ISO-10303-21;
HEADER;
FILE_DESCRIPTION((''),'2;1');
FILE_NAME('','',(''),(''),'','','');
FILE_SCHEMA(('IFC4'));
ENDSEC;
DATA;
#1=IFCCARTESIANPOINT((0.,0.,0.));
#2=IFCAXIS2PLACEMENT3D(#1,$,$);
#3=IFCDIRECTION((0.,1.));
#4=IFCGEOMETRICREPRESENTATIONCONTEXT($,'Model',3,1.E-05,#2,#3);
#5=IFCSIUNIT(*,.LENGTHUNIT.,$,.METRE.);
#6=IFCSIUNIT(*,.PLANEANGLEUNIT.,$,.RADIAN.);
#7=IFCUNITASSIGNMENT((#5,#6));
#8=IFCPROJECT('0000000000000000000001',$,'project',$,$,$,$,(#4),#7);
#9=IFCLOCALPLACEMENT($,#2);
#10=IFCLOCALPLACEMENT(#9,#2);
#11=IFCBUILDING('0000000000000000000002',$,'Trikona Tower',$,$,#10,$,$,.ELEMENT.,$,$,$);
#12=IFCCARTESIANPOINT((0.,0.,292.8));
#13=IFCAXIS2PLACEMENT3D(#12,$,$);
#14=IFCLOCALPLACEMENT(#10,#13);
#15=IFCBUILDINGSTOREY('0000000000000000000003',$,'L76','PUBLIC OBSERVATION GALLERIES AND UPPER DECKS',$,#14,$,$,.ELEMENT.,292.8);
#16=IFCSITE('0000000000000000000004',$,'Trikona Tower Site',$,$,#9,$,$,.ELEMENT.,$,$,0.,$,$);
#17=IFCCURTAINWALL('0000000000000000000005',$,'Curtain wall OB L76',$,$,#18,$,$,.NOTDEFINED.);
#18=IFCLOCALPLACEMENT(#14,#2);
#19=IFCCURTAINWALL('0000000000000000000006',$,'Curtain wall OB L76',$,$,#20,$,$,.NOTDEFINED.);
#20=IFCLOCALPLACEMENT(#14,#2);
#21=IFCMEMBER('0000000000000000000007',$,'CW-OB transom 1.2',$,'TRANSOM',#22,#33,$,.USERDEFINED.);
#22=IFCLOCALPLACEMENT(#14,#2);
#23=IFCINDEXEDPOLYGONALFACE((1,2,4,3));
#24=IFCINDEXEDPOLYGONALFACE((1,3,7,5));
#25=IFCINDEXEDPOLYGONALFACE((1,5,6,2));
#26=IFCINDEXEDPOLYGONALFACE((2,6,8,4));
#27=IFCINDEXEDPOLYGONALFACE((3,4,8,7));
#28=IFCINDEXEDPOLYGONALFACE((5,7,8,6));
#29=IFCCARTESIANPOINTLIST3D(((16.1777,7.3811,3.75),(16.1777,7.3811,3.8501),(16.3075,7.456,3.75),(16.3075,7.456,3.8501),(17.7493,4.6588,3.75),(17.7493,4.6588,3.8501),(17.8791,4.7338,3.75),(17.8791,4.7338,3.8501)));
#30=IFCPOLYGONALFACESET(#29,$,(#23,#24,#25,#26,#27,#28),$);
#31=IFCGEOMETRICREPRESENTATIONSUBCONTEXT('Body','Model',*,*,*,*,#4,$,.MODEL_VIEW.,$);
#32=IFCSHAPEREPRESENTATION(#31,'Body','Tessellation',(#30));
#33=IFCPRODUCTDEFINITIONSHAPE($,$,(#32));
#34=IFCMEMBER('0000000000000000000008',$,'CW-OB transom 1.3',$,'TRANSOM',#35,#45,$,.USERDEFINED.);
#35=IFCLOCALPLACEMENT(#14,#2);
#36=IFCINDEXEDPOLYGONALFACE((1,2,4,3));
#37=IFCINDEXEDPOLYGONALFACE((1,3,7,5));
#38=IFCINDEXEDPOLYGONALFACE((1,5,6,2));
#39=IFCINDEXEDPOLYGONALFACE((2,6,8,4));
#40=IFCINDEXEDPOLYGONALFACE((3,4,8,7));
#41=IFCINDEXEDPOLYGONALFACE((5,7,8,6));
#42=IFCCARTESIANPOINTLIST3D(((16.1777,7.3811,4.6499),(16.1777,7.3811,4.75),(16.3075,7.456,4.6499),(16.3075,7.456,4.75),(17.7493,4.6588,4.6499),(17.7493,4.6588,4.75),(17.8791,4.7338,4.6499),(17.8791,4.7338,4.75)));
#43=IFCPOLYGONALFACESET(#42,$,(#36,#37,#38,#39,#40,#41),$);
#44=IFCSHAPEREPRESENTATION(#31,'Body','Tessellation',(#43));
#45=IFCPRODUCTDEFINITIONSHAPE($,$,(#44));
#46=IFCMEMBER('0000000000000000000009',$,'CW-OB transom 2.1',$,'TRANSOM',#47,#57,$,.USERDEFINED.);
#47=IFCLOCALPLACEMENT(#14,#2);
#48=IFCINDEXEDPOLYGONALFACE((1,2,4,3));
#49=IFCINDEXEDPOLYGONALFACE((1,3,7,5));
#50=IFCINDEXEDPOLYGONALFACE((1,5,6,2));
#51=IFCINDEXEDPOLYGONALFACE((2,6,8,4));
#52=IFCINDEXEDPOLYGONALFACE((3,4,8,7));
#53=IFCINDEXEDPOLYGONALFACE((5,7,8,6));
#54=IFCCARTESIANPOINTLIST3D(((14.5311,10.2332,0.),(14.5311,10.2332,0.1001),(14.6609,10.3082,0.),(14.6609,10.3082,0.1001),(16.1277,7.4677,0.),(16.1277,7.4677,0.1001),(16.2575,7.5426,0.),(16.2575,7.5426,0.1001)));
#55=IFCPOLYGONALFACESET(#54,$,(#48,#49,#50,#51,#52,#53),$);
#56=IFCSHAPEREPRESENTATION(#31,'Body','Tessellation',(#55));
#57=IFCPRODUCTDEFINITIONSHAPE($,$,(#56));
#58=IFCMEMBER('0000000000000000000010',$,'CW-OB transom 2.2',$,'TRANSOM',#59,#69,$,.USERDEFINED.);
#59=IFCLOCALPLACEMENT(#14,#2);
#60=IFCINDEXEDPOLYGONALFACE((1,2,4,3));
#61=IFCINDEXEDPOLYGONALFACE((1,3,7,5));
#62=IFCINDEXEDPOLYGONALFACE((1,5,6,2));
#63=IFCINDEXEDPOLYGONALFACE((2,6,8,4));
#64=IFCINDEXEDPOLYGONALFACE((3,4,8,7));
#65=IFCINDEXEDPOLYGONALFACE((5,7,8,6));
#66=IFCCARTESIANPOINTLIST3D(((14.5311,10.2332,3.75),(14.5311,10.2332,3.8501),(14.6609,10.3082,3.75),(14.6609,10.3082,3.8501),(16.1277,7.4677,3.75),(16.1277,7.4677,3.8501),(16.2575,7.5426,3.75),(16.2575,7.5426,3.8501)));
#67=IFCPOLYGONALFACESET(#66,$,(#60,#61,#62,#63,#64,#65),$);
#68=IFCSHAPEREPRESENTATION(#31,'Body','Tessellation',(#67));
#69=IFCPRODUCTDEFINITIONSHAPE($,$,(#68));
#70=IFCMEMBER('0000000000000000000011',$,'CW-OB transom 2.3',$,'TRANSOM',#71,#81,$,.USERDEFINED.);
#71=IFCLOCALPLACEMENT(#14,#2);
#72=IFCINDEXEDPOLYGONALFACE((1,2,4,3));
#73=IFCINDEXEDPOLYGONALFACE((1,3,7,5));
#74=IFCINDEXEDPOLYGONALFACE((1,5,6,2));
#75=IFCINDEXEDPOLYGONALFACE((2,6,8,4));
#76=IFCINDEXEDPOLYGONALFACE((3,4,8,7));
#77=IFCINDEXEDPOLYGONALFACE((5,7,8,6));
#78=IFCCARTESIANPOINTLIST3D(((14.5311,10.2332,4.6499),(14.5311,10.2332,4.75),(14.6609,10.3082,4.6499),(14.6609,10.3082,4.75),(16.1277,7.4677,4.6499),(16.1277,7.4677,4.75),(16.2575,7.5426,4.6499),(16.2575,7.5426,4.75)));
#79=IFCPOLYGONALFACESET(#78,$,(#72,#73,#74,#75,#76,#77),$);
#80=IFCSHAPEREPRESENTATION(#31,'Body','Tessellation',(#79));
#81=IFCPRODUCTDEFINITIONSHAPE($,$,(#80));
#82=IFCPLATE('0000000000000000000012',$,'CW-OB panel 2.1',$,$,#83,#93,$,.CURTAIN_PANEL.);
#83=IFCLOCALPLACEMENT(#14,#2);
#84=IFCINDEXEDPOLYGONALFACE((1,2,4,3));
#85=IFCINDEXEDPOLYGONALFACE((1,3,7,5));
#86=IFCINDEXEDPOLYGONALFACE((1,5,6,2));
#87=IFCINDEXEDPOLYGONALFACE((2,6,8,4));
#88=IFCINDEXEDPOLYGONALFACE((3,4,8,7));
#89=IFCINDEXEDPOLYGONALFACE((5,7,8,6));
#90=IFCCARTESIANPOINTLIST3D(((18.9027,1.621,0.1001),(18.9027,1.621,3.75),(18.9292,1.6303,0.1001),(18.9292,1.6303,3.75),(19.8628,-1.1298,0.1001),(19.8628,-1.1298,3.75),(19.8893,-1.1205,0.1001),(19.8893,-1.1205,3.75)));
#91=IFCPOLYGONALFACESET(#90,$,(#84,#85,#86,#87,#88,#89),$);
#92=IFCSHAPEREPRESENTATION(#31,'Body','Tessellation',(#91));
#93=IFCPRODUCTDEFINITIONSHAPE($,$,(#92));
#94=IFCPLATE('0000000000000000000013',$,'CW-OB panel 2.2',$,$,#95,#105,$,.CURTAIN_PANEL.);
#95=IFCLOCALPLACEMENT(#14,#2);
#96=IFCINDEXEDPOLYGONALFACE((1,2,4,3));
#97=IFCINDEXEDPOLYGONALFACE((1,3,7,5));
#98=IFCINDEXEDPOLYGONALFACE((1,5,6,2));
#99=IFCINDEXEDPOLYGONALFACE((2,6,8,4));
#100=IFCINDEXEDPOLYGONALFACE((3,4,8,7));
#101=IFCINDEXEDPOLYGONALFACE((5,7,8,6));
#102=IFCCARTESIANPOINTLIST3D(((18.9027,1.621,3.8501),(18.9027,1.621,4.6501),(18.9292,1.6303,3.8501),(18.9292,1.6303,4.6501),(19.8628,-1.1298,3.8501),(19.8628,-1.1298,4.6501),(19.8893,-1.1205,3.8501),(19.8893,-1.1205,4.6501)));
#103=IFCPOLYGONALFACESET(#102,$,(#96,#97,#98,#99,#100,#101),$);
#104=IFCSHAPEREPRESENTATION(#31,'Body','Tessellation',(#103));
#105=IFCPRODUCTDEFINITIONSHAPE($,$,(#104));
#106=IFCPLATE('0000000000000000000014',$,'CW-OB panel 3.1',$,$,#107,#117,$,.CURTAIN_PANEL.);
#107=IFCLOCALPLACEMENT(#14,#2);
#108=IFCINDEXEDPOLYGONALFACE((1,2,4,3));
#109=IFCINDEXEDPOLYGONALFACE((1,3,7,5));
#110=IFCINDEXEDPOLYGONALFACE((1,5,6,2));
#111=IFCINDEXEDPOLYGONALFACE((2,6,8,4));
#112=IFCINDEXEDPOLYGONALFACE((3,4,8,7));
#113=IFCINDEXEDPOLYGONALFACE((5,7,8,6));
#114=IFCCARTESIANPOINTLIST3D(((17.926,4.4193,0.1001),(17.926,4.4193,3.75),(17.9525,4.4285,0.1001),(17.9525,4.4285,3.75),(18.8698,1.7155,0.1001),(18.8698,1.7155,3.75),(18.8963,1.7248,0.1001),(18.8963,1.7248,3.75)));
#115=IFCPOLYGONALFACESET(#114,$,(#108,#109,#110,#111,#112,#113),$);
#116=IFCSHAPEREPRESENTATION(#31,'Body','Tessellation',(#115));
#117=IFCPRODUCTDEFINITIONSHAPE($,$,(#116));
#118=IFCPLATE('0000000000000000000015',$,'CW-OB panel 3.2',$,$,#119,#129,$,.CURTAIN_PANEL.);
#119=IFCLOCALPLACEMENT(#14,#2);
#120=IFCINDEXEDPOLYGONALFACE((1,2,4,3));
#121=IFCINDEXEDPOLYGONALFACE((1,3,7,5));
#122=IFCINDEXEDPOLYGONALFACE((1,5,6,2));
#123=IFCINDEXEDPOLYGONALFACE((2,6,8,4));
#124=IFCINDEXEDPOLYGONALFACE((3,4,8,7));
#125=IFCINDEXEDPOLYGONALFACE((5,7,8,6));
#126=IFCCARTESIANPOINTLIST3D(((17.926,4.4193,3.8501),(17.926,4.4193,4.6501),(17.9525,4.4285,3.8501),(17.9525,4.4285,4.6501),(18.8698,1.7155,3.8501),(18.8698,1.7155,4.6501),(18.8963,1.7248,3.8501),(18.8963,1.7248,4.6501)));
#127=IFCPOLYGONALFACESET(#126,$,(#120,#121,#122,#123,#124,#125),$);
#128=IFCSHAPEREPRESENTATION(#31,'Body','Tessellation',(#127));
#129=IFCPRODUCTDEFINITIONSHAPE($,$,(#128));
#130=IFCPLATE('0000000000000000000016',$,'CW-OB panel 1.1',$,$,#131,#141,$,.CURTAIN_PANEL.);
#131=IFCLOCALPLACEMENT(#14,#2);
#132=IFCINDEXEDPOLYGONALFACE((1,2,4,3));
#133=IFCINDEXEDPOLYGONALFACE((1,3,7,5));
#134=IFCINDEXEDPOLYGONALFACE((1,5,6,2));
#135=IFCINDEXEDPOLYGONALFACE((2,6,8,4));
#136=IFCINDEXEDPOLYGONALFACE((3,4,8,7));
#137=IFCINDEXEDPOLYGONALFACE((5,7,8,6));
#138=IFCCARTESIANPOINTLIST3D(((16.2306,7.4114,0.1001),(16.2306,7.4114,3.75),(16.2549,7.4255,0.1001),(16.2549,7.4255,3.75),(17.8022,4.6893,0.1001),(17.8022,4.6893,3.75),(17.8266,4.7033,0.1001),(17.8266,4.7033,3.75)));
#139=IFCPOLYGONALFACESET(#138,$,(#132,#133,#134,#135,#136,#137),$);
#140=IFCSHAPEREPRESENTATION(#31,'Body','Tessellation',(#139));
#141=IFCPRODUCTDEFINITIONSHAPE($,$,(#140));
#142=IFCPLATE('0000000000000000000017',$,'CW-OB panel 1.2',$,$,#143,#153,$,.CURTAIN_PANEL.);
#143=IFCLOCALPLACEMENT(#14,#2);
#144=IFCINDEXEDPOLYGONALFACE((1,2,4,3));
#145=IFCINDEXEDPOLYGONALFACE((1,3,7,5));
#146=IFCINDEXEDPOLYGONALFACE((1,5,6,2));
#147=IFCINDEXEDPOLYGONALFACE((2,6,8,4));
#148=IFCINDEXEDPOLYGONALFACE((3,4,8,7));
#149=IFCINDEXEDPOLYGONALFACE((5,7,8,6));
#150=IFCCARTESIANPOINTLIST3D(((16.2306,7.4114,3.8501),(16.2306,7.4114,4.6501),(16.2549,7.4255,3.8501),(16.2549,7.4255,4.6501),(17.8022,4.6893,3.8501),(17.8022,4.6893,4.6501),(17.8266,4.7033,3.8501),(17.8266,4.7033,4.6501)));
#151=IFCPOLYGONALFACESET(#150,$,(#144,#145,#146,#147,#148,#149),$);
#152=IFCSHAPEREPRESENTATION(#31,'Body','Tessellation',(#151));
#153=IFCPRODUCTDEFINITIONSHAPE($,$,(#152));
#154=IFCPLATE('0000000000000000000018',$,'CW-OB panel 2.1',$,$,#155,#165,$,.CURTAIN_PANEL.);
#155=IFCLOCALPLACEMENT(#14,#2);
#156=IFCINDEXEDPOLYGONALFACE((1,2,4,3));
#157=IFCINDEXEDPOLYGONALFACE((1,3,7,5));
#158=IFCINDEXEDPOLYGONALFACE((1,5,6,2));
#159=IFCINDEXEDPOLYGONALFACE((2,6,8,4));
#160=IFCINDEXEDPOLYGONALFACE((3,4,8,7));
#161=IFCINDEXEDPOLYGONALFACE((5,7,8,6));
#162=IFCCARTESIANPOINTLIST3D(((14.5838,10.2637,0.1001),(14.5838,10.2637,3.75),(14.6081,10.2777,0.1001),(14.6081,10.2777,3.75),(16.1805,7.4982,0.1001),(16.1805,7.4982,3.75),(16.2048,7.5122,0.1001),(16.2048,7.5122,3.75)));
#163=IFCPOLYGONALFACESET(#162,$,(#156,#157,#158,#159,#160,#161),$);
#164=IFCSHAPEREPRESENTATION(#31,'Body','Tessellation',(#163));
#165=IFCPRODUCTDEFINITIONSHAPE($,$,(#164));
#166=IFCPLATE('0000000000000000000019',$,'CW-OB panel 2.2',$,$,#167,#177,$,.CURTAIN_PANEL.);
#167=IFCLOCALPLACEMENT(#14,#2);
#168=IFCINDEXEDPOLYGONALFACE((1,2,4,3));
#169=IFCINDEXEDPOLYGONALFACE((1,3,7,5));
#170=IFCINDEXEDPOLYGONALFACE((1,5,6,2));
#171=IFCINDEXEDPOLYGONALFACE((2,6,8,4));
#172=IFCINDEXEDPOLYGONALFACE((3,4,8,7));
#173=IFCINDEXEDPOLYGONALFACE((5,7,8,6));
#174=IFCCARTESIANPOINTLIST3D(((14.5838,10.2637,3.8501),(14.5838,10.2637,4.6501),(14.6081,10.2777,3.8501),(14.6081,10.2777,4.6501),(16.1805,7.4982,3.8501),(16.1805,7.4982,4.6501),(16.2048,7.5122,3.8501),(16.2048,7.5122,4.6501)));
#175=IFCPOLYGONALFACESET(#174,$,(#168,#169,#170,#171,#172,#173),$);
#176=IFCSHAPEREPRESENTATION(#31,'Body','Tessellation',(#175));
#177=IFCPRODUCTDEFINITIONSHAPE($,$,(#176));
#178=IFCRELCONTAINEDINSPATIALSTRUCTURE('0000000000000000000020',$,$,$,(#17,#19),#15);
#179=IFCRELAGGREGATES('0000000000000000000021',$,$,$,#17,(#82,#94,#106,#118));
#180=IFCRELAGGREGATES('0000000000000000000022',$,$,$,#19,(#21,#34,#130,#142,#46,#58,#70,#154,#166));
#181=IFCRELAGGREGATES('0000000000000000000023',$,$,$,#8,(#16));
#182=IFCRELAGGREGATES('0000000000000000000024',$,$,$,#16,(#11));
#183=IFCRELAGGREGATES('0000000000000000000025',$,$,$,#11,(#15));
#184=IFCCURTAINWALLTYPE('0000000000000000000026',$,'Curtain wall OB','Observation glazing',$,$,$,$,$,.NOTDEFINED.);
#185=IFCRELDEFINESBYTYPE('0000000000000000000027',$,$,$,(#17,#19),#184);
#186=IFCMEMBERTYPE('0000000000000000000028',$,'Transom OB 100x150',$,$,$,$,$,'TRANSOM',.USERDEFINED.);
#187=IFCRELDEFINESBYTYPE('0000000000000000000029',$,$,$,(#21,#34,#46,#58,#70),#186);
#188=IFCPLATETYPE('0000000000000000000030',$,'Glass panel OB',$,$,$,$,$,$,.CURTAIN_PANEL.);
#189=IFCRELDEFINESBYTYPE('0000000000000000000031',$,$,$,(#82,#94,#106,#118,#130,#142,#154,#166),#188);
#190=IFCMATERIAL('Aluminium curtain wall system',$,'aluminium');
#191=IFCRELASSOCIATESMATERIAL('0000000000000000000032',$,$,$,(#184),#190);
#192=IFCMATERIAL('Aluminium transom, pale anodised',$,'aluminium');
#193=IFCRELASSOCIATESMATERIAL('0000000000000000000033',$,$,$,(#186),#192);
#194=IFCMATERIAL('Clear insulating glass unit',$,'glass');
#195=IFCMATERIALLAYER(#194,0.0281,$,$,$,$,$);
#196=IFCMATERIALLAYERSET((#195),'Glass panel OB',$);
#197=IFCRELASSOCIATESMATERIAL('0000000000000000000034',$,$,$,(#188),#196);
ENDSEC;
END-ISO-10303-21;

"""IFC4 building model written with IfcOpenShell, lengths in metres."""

from ifc_helpers import new_model, si_unit, direction, frame, origin, origin_2d, place, context, subcontext, project, spatial, rectangle, extrude, material, layer, layer_set, material_profile, profile_set, type_object, element, aggregate, save


model = new_model("IFC4")

# Units and contexts
model_context = context("Model", 3, precision=1e-05, world=origin(), true_north=direction((0.0, 1.0)))
body_context = subcontext(model_context, "Body", "Model", "MODEL_VIEW")
ifc_project = project(units=[si_unit("LENGTHUNIT", "METRE"), si_unit("PLANEANGLEUNIT", "RADIAN")], contexts=[model_context])

# Site, building, storey
site_placement = place(None, origin())
site = spatial("IfcSite", under=ifc_project, at=site_placement, Name="Trikona Tower Site", CompositionType="ELEMENT", RefElevation=0.0)
building_placement = place(site_placement, origin())
building = spatial("IfcBuilding", under=site, at=building_placement, Name="Trikona Tower", CompositionType="ELEMENT")
storey_placement = place(building_placement, frame((0.0, 0.0, 292.8)))
storey = spatial("IfcBuildingStorey", under=building, at=storey_placement, Name="L76", Description="PUBLIC OBSERVATION GALLERIES AND UPPER DECKS", CompositionType="ELEMENT", Elevation=292.8)

# Curtain walls
ifc_material_1 = material(Name="Aluminium curtain wall system", Category="aluminium")
curtain_wall_type = type_object("IfcCurtainWallType", Name="Curtain wall OB", Description="Observation glazing", PredefinedType="NOTDEFINED", material=ifc_material_1)
curtain_wall_1_placement = place(storey_placement, origin())
curtain_wall_1 = element("IfcCurtainWall", 1, at=curtain_wall_1_placement, inside=storey, type_object=curtain_wall_type, Name="Curtain wall OB L76", PredefinedType="NOTDEFINED")
curtain_wall_2_placement = place(storey_placement, origin())
curtain_wall_2 = element("IfcCurtainWall", 2, at=curtain_wall_2_placement, inside=storey, type_object=curtain_wall_type, Name="Curtain wall OB L76", PredefinedType="NOTDEFINED")

# Members
ifc_material_2 = material(Name="Aluminium transom, pale anodised", Category="aluminium")
ifc_material_profile_1 = material_profile(ifc_material_2, rectangle(XDim=0.1499, YDim=0.1001, at=origin_2d()), Name="TRN-OB")
ifc_profile_set_1 = profile_set([ifc_material_profile_1], Name="Aluminium transom, pale anodised")
member_type_1 = type_object("IfcMemberType", Name="Transom OB 100x150", ElementType="TRANSOM", PredefinedType="USERDEFINED", material=ifc_profile_set_1)
member_1_placement = place(storey_placement, frame((17.8142, 4.6963, 3.8), z_axis=(-0.499973, 0.866041, 0.0), x_axis=(-0.866041, -0.499973, 0.0)))
member_1 = element("IfcMember", 3, at=member_1_placement, type_object=member_type_1, Name="CW-OB transom 1.2", ObjectType="TRANSOM", PredefinedType="USERDEFINED", context=body_context, shape_type="SweptSolid", body=[
    extrude(rectangle(XDim=0.1499, YDim=0.1001, at=origin_2d()), origin(), (0.0, 0.0, 1.0), 3.1433),
])
member_2_placement = place(storey_placement, frame((17.8142, 4.6963, 4.7), z_axis=(-0.499973, 0.866041, 0.0), x_axis=(-0.866041, -0.499973, 0.0)))
member_2 = element("IfcMember", 4, at=member_2_placement, type_object=member_type_1, Name="CW-OB transom 1.3", ObjectType="TRANSOM", PredefinedType="USERDEFINED", context=body_context, shape_type="SweptSolid", body=[
    extrude(rectangle(XDim=0.1499, YDim=0.1001, at=origin_2d()), origin(), (0.0, 0.0, 1.0), 3.1433),
])
member_3_placement = place(storey_placement, frame((16.1926, 7.5051, 0.05), z_axis=(-0.499987, 0.866033, 0.0), x_axis=(-0.866033, -0.499987, 0.0)))
member_3 = element("IfcMember", 5, at=member_3_placement, type_object=member_type_1, Name="CW-OB transom 2.1", ObjectType="TRANSOM", PredefinedType="USERDEFINED", context=body_context, shape_type="SweptSolid", body=[
    extrude(rectangle(XDim=0.1499, YDim=0.1001, at=origin_2d()), origin(), (0.0, 0.0, 1.0), 3.1934),
])
member_4_placement = place(storey_placement, frame((16.1926, 7.5051, 3.8), z_axis=(-0.499987, 0.866033, 0.0), x_axis=(-0.866033, -0.499987, 0.0)))
member_4 = element("IfcMember", 6, at=member_4_placement, type_object=member_type_1, Name="CW-OB transom 2.2", ObjectType="TRANSOM", PredefinedType="USERDEFINED", context=body_context, shape_type="SweptSolid", body=[
    extrude(rectangle(XDim=0.1499, YDim=0.1001, at=origin_2d()), origin(), (0.0, 0.0, 1.0), 3.1934),
])
member_5_placement = place(storey_placement, frame((16.1926, 7.5051, 4.7), z_axis=(-0.499987, 0.866033, 0.0), x_axis=(-0.866033, -0.499987, 0.0)))
member_5 = element("IfcMember", 7, at=member_5_placement, type_object=member_type_1, Name="CW-OB transom 2.3", ObjectType="TRANSOM", PredefinedType="USERDEFINED", context=body_context, shape_type="SweptSolid", body=[
    extrude(rectangle(XDim=0.1499, YDim=0.1001, at=origin_2d()), origin(), (0.0, 0.0, 1.0), 3.1934),
])

# Plates
ifc_material_3 = material(Name="Clear insulating glass unit", Category="glass")
ifc_layer = layer(ifc_material_3, 0.0281)
ifc_layer_set = layer_set([ifc_layer], Name="Glass panel OB")
plate_type = type_object("IfcPlateType", Name="Glass panel OB", PredefinedType="CURTAIN_PANEL", material=ifc_layer_set)
plate_1_placement = place(storey_placement, frame((19.396, 0.2502, 0.1001), z_axis=(0.0, 0.0, 1.0), x_axis=(-0.329552, 0.944137, 0.0)))
plate_1 = element("IfcPlate", 8, at=plate_1_placement, type_object=plate_type, Name="CW-OB panel 2.1", PredefinedType="CURTAIN_PANEL", context=body_context, shape_type="SweptSolid", body=[
    extrude(rectangle(XDim=2.9136, YDim=0.0281, at=origin_2d()), origin(), (0.0, 0.0, 1.0), 3.6499),
])
plate_2_placement = place(storey_placement, frame((19.396, 0.2502, 3.8501), z_axis=(0.0, 0.0, 1.0), x_axis=(-0.329552, 0.944137, 0.0)))
plate_2 = element("IfcPlate", 9, at=plate_2_placement, type_object=plate_type, Name="CW-OB panel 2.2", PredefinedType="CURTAIN_PANEL", context=body_context, shape_type="SweptSolid", body=[
    extrude(rectangle(XDim=2.9136, YDim=0.0281, at=origin_2d()), origin(), (0.0, 0.0, 1.0), 0.8),
])
plate_3_placement = place(storey_placement, frame((18.4111, 3.072, 0.1001), z_axis=(0.0, 0.0, 1.0), x_axis=(-0.329552, 0.944137, 0.0)))
plate_3 = element("IfcPlate", 10, at=plate_3_placement, type_object=plate_type, Name="CW-OB panel 3.1", PredefinedType="CURTAIN_PANEL", context=body_context, shape_type="SweptSolid", body=[
    extrude(rectangle(XDim=2.8638, YDim=0.0281, at=origin_2d()), origin(), (0.0, 0.0, 1.0), 3.6499),
])
plate_4_placement = place(storey_placement, frame((18.4111, 3.072, 3.8501), z_axis=(0.0, 0.0, 1.0), x_axis=(-0.329552, 0.944137, 0.0)))
plate_4 = element("IfcPlate", 11, at=plate_4_placement, type_object=plate_type, Name="CW-OB panel 3.2", PredefinedType="CURTAIN_PANEL", context=body_context, shape_type="SweptSolid", body=[
    extrude(rectangle(XDim=2.8638, YDim=0.0281, at=origin_2d()), origin(), (0.0, 0.0, 1.0), 0.8),
])
aggregate(curtain_wall_1, [plate_1, plate_2, plate_3, plate_4])
plate_5_placement = place(storey_placement, frame((17.0286, 6.0574, 0.1001), z_axis=(0.0, 0.0, 1.0), x_axis=(-0.500006, 0.866022, 0.0)))
plate_5 = element("IfcPlate", 12, at=plate_5_placement, type_object=plate_type, Name="CW-OB panel 1.1", PredefinedType="CURTAIN_PANEL", context=body_context, shape_type="SweptSolid", body=[
    extrude(rectangle(XDim=3.1433, YDim=0.0281, at=origin_2d()), origin(), (0.0, 0.0, 1.0), 3.6499),
])
plate_6_placement = place(storey_placement, frame((17.0286, 6.0574, 3.8501), z_axis=(0.0, 0.0, 1.0), x_axis=(-0.500006, 0.866022, 0.0)))
plate_6 = element("IfcPlate", 13, at=plate_6_placement, type_object=plate_type, Name="CW-OB panel 1.2", PredefinedType="CURTAIN_PANEL", context=body_context, shape_type="SweptSolid", body=[
    extrude(rectangle(XDim=3.1433, YDim=0.0281, at=origin_2d()), origin(), (0.0, 0.0, 1.0), 0.8),
])
plate_7_placement = place(storey_placement, frame((15.3943, 8.8879, 0.1001), z_axis=(0.0, 0.0, 1.0), x_axis=(-0.500006, 0.866022, 0.0)))
plate_7 = element("IfcPlate", 14, at=plate_7_placement, type_object=plate_type, Name="CW-OB panel 2.1", PredefinedType="CURTAIN_PANEL", context=body_context, shape_type="SweptSolid", body=[
    extrude(rectangle(XDim=3.1934, YDim=0.0281, at=origin_2d()), origin(), (0.0, 0.0, 1.0), 3.6499),
])
plate_8_placement = place(storey_placement, frame((15.3943, 8.8879, 3.8501), z_axis=(0.0, 0.0, 1.0), x_axis=(-0.500006, 0.866022, 0.0)))
plate_8 = element("IfcPlate", 15, at=plate_8_placement, type_object=plate_type, Name="CW-OB panel 2.2", PredefinedType="CURTAIN_PANEL", context=body_context, shape_type="SweptSolid", body=[
    extrude(rectangle(XDim=3.1934, YDim=0.0281, at=origin_2d()), origin(), (0.0, 0.0, 1.0), 0.8),
])
aggregate(curtain_wall_2, [member_1, member_2, plate_5, plate_6, member_3, member_4, member_5, plate_7, plate_8])

save(model, "model.ifc")
